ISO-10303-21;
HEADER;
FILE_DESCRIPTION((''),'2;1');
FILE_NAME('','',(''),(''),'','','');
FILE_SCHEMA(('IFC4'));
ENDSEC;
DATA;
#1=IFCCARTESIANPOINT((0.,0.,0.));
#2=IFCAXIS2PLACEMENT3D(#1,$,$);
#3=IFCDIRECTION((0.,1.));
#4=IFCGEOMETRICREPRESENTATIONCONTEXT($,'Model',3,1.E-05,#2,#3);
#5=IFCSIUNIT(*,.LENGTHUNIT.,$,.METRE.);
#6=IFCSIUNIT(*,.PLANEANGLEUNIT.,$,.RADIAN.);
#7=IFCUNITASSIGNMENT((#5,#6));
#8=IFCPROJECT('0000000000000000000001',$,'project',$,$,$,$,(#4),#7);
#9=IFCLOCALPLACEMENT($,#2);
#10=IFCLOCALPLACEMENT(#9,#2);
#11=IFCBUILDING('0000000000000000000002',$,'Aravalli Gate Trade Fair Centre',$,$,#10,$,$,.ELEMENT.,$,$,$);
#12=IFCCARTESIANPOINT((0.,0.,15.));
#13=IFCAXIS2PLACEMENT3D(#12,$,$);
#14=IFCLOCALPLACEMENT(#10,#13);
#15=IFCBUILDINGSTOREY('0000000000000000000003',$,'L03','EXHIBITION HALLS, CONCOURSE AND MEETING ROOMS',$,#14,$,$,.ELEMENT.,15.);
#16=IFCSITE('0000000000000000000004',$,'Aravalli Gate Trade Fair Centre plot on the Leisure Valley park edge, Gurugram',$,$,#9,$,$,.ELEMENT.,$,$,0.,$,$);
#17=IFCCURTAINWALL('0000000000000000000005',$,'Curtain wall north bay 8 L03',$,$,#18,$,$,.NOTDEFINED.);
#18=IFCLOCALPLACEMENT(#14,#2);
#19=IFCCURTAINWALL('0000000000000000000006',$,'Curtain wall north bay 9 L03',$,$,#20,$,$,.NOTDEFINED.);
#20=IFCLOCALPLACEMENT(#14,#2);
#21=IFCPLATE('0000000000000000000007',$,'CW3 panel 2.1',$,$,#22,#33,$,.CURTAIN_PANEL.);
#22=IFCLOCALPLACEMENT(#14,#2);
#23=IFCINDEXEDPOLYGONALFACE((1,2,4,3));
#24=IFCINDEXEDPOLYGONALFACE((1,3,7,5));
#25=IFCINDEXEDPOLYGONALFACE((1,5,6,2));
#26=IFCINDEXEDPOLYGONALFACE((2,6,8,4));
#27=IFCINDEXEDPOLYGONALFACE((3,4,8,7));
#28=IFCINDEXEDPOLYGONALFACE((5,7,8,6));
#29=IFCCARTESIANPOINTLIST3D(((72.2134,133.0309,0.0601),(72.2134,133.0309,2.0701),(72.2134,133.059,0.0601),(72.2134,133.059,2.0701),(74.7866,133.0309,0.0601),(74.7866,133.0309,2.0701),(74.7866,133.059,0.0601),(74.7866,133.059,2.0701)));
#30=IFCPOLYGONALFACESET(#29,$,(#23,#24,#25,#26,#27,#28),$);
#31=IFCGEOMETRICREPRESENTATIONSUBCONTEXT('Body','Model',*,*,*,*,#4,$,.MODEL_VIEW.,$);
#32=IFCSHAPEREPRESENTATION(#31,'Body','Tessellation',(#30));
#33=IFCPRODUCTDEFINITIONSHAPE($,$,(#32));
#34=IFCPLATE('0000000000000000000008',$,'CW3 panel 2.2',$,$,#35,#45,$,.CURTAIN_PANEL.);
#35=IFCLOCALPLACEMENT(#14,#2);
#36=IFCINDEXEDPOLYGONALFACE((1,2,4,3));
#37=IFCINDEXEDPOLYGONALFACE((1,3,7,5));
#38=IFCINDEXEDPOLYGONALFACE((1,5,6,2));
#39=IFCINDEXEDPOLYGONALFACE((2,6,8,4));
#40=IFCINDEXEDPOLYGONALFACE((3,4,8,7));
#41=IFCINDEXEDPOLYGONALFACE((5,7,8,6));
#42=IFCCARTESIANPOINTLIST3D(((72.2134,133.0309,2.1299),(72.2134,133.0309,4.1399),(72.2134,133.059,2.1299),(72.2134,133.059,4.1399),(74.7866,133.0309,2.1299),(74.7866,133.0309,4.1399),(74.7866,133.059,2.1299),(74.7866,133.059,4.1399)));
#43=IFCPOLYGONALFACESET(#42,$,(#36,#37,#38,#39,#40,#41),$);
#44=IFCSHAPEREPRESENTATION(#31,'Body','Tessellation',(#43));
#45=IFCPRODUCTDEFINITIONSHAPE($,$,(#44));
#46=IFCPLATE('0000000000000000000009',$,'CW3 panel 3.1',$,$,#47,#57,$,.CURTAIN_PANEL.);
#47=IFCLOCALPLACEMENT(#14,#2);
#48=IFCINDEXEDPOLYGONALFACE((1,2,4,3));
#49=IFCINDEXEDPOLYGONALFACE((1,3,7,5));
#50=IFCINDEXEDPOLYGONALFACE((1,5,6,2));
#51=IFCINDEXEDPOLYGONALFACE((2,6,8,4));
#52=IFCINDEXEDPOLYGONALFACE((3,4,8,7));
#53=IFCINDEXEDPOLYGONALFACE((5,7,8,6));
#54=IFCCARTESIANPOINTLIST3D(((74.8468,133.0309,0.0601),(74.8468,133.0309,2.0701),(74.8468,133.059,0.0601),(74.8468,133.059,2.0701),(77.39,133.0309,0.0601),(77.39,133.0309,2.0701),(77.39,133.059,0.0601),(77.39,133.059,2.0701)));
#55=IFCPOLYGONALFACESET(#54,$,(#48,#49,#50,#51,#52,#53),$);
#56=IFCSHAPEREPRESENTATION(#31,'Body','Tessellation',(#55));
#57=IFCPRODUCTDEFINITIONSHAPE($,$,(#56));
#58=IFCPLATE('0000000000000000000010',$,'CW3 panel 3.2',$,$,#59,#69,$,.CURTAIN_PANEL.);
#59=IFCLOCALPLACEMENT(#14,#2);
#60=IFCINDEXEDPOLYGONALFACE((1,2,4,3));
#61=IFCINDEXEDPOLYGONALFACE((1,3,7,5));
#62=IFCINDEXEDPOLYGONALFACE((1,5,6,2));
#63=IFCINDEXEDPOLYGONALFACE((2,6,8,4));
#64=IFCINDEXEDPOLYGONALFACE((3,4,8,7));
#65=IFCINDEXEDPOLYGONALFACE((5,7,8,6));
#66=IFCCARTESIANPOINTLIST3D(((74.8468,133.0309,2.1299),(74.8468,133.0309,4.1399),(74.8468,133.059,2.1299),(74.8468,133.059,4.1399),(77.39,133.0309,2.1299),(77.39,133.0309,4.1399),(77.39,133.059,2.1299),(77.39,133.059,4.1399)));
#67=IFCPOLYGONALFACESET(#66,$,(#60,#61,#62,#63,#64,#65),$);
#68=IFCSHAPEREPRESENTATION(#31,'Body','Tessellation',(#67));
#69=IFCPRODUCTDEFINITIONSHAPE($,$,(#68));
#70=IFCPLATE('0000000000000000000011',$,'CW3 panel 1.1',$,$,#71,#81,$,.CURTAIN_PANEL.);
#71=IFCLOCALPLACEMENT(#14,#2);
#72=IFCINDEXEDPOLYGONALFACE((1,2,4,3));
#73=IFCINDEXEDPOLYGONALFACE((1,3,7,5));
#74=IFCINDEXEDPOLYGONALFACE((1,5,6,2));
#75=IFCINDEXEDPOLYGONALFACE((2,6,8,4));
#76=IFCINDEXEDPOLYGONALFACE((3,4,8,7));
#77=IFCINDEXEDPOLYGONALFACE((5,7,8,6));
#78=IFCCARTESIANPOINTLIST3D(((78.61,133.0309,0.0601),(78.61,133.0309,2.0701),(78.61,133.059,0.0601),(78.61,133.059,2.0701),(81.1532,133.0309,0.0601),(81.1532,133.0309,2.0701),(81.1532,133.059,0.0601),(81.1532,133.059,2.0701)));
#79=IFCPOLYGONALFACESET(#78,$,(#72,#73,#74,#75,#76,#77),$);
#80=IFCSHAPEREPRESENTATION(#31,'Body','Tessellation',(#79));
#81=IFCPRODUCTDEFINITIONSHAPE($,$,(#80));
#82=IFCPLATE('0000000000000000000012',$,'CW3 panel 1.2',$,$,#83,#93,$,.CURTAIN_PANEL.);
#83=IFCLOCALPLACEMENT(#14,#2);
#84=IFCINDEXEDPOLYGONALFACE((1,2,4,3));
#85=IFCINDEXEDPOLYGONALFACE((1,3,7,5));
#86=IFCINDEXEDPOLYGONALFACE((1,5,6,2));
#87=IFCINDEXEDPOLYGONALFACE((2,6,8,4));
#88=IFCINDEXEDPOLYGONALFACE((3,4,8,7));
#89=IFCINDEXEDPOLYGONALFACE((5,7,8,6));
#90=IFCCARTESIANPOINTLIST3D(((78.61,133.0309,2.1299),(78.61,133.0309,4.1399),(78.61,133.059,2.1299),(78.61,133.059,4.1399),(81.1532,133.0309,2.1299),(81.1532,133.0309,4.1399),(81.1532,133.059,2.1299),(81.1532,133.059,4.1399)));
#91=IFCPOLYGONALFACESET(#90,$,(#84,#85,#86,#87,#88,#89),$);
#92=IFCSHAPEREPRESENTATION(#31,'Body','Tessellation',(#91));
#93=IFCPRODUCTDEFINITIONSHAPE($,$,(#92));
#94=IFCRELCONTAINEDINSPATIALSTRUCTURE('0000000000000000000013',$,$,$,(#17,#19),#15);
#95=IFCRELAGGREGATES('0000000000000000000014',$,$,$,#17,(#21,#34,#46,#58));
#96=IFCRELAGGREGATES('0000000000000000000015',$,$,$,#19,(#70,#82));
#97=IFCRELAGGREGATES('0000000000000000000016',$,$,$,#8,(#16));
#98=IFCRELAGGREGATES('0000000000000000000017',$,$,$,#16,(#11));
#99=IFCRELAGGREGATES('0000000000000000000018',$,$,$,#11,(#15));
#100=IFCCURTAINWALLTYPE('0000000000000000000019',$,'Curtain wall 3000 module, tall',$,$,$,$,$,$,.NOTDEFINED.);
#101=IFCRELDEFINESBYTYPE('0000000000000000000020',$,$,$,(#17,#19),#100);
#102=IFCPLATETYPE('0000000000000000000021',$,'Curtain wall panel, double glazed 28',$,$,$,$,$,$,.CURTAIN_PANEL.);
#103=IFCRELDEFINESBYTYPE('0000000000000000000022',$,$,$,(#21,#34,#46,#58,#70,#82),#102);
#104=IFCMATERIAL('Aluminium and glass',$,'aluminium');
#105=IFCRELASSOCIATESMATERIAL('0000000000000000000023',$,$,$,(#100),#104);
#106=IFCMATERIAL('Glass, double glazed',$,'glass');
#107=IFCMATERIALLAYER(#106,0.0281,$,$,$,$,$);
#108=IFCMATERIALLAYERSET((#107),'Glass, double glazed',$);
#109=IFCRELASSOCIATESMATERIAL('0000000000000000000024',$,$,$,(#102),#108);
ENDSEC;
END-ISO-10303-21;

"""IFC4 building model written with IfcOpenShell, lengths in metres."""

from ifc_helpers import new_model, si_unit, direction, frame, origin, origin_2d, place, context, subcontext, project, spatial, rectangle, extrude, material, layer, layer_set, type_object, element, aggregate, save


model = new_model("IFC4")

# Units and contexts
model_context = context("Model", 3, precision=1e-05, world=origin(), true_north=direction((0.0, 1.0)))
body_context = subcontext(model_context, "Body", "Model", "MODEL_VIEW")
ifc_project = project(units=[si_unit("LENGTHUNIT", "METRE"), si_unit("PLANEANGLEUNIT", "RADIAN")], contexts=[model_context])

# Site, building, storey
site_placement = place(None, origin())
site = spatial("IfcSite", under=ifc_project, at=site_placement, Name="Aravalli Gate Trade Fair Centre plot on the Leisure Valley park edge, Gurugram", CompositionType="ELEMENT", RefElevation=0.0)
building_placement = place(site_placement, origin())
building = spatial("IfcBuilding", under=site, at=building_placement, Name="Aravalli Gate Trade Fair Centre", CompositionType="ELEMENT")
storey_placement = place(building_placement, frame((0.0, 0.0, 15.0)))
storey = spatial("IfcBuildingStorey", under=building, at=storey_placement, Name="L03", Description="EXHIBITION HALLS, CONCOURSE AND MEETING ROOMS", CompositionType="ELEMENT", Elevation=15.0)

# Curtain walls
ifc_material_1 = material(Name="Aluminium and glass", Category="aluminium")
curtain_wall_type = type_object("IfcCurtainWallType", Name="Curtain wall 3000 module, tall", PredefinedType="NOTDEFINED", material=ifc_material_1)
curtain_wall_1_placement = place(storey_placement, origin())
curtain_wall_1 = element("IfcCurtainWall", 1, at=curtain_wall_1_placement, inside=storey, type_object=curtain_wall_type, Name="Curtain wall north bay 8 L03", PredefinedType="NOTDEFINED")
curtain_wall_2_placement = place(storey_placement, origin())
curtain_wall_2 = element("IfcCurtainWall", 2, at=curtain_wall_2_placement, inside=storey, type_object=curtain_wall_type, Name="Curtain wall north bay 9 L03", PredefinedType="NOTDEFINED")

# Plates
ifc_material_2 = material(Name="Glass, double glazed", Category="glass")
ifc_layer = layer(ifc_material_2, 0.0281)
ifc_layer_set = layer_set([ifc_layer], Name="Glass, double glazed")
plate_type = type_object("IfcPlateType", Name="Curtain wall panel, double glazed 28", PredefinedType="CURTAIN_PANEL", material=ifc_layer_set)
plate_1_placement = place(storey_placement, frame((73.5, 133.0449, 0.0601), z_axis=(0.0, 0.0, 1.0), x_axis=(1.0, 0.0, 0.0)))
plate_1 = element("IfcPlate", 3, at=plate_1_placement, type_object=plate_type, Name="CW3 panel 2.1", PredefinedType="CURTAIN_PANEL", context=body_context, shape_type="SweptSolid", body=[
    extrude(rectangle(XDim=2.5732, YDim=0.0281, at=origin_2d()), origin(), (0.0, 0.0, 1.0), 2.01),
])
plate_2_placement = place(storey_placement, frame((73.5, 133.0449, 2.1299), z_axis=(0.0, 0.0, 1.0), x_axis=(1.0, 0.0, 0.0)))
plate_2 = element("IfcPlate", 4, at=plate_2_placement, type_object=plate_type, Name="CW3 panel 2.2", PredefinedType="CURTAIN_PANEL", context=body_context, shape_type="SweptSolid", body=[
    extrude(rectangle(XDim=2.5732, YDim=0.0281, at=origin_2d()), origin(), (0.0, 0.0, 1.0), 2.01),
])
plate_3_placement = place(storey_placement, frame((76.1184, 133.0449, 0.0601), z_axis=(0.0, 0.0, 1.0), x_axis=(1.0, 0.0, 0.0)))
plate_3 = element("IfcPlate", 5, at=plate_3_placement, type_object=plate_type, Name="CW3 panel 3.1", PredefinedType="CURTAIN_PANEL", context=body_context, shape_type="SweptSolid", body=[
    extrude(rectangle(XDim=2.5432, YDim=0.0281, at=origin_2d()), origin(), (0.0, 0.0, 1.0), 2.01),
])
plate_4_placement = place(storey_placement, frame((76.1184, 133.0449, 2.1299), z_axis=(0.0, 0.0, 1.0), x_axis=(1.0, 0.0, 0.0)))
plate_4 = element("IfcPlate", 6, at=plate_4_placement, type_object=plate_type, Name="CW3 panel 3.2", PredefinedType="CURTAIN_PANEL", context=body_context, shape_type="SweptSolid", body=[
    extrude(rectangle(XDim=2.5432, YDim=0.0281, at=origin_2d()), origin(), (0.0, 0.0, 1.0), 2.01),
])
aggregate(curtain_wall_1, [plate_1, plate_2, plate_3, plate_4])
plate_5_placement = place(storey_placement, frame((79.8816, 133.0449, 0.0601), z_axis=(0.0, 0.0, 1.0), x_axis=(1.0, 0.0, 0.0)))
plate_5 = element("IfcPlate", 7, at=plate_5_placement, type_object=plate_type, Name="CW3 panel 1.1", PredefinedType="CURTAIN_PANEL", context=body_context, shape_type="SweptSolid", body=[
    extrude(rectangle(XDim=2.5432, YDim=0.0281, at=origin_2d()), origin(), (0.0, 0.0, 1.0), 2.01),
])
plate_6_placement = place(storey_placement, frame((79.8816, 133.0449, 2.1299), z_axis=(0.0, 0.0, 1.0), x_axis=(1.0, 0.0, 0.0)))
plate_6 = element("IfcPlate", 8, at=plate_6_placement, type_object=plate_type, Name="CW3 panel 1.2", PredefinedType="CURTAIN_PANEL", context=body_context, shape_type="SweptSolid", body=[
    extrude(rectangle(XDim=2.5432, YDim=0.0281, at=origin_2d()), origin(), (0.0, 0.0, 1.0), 2.01),
])
aggregate(curtain_wall_2, [plate_5, plate_6])

save(model, "model.ifc")
